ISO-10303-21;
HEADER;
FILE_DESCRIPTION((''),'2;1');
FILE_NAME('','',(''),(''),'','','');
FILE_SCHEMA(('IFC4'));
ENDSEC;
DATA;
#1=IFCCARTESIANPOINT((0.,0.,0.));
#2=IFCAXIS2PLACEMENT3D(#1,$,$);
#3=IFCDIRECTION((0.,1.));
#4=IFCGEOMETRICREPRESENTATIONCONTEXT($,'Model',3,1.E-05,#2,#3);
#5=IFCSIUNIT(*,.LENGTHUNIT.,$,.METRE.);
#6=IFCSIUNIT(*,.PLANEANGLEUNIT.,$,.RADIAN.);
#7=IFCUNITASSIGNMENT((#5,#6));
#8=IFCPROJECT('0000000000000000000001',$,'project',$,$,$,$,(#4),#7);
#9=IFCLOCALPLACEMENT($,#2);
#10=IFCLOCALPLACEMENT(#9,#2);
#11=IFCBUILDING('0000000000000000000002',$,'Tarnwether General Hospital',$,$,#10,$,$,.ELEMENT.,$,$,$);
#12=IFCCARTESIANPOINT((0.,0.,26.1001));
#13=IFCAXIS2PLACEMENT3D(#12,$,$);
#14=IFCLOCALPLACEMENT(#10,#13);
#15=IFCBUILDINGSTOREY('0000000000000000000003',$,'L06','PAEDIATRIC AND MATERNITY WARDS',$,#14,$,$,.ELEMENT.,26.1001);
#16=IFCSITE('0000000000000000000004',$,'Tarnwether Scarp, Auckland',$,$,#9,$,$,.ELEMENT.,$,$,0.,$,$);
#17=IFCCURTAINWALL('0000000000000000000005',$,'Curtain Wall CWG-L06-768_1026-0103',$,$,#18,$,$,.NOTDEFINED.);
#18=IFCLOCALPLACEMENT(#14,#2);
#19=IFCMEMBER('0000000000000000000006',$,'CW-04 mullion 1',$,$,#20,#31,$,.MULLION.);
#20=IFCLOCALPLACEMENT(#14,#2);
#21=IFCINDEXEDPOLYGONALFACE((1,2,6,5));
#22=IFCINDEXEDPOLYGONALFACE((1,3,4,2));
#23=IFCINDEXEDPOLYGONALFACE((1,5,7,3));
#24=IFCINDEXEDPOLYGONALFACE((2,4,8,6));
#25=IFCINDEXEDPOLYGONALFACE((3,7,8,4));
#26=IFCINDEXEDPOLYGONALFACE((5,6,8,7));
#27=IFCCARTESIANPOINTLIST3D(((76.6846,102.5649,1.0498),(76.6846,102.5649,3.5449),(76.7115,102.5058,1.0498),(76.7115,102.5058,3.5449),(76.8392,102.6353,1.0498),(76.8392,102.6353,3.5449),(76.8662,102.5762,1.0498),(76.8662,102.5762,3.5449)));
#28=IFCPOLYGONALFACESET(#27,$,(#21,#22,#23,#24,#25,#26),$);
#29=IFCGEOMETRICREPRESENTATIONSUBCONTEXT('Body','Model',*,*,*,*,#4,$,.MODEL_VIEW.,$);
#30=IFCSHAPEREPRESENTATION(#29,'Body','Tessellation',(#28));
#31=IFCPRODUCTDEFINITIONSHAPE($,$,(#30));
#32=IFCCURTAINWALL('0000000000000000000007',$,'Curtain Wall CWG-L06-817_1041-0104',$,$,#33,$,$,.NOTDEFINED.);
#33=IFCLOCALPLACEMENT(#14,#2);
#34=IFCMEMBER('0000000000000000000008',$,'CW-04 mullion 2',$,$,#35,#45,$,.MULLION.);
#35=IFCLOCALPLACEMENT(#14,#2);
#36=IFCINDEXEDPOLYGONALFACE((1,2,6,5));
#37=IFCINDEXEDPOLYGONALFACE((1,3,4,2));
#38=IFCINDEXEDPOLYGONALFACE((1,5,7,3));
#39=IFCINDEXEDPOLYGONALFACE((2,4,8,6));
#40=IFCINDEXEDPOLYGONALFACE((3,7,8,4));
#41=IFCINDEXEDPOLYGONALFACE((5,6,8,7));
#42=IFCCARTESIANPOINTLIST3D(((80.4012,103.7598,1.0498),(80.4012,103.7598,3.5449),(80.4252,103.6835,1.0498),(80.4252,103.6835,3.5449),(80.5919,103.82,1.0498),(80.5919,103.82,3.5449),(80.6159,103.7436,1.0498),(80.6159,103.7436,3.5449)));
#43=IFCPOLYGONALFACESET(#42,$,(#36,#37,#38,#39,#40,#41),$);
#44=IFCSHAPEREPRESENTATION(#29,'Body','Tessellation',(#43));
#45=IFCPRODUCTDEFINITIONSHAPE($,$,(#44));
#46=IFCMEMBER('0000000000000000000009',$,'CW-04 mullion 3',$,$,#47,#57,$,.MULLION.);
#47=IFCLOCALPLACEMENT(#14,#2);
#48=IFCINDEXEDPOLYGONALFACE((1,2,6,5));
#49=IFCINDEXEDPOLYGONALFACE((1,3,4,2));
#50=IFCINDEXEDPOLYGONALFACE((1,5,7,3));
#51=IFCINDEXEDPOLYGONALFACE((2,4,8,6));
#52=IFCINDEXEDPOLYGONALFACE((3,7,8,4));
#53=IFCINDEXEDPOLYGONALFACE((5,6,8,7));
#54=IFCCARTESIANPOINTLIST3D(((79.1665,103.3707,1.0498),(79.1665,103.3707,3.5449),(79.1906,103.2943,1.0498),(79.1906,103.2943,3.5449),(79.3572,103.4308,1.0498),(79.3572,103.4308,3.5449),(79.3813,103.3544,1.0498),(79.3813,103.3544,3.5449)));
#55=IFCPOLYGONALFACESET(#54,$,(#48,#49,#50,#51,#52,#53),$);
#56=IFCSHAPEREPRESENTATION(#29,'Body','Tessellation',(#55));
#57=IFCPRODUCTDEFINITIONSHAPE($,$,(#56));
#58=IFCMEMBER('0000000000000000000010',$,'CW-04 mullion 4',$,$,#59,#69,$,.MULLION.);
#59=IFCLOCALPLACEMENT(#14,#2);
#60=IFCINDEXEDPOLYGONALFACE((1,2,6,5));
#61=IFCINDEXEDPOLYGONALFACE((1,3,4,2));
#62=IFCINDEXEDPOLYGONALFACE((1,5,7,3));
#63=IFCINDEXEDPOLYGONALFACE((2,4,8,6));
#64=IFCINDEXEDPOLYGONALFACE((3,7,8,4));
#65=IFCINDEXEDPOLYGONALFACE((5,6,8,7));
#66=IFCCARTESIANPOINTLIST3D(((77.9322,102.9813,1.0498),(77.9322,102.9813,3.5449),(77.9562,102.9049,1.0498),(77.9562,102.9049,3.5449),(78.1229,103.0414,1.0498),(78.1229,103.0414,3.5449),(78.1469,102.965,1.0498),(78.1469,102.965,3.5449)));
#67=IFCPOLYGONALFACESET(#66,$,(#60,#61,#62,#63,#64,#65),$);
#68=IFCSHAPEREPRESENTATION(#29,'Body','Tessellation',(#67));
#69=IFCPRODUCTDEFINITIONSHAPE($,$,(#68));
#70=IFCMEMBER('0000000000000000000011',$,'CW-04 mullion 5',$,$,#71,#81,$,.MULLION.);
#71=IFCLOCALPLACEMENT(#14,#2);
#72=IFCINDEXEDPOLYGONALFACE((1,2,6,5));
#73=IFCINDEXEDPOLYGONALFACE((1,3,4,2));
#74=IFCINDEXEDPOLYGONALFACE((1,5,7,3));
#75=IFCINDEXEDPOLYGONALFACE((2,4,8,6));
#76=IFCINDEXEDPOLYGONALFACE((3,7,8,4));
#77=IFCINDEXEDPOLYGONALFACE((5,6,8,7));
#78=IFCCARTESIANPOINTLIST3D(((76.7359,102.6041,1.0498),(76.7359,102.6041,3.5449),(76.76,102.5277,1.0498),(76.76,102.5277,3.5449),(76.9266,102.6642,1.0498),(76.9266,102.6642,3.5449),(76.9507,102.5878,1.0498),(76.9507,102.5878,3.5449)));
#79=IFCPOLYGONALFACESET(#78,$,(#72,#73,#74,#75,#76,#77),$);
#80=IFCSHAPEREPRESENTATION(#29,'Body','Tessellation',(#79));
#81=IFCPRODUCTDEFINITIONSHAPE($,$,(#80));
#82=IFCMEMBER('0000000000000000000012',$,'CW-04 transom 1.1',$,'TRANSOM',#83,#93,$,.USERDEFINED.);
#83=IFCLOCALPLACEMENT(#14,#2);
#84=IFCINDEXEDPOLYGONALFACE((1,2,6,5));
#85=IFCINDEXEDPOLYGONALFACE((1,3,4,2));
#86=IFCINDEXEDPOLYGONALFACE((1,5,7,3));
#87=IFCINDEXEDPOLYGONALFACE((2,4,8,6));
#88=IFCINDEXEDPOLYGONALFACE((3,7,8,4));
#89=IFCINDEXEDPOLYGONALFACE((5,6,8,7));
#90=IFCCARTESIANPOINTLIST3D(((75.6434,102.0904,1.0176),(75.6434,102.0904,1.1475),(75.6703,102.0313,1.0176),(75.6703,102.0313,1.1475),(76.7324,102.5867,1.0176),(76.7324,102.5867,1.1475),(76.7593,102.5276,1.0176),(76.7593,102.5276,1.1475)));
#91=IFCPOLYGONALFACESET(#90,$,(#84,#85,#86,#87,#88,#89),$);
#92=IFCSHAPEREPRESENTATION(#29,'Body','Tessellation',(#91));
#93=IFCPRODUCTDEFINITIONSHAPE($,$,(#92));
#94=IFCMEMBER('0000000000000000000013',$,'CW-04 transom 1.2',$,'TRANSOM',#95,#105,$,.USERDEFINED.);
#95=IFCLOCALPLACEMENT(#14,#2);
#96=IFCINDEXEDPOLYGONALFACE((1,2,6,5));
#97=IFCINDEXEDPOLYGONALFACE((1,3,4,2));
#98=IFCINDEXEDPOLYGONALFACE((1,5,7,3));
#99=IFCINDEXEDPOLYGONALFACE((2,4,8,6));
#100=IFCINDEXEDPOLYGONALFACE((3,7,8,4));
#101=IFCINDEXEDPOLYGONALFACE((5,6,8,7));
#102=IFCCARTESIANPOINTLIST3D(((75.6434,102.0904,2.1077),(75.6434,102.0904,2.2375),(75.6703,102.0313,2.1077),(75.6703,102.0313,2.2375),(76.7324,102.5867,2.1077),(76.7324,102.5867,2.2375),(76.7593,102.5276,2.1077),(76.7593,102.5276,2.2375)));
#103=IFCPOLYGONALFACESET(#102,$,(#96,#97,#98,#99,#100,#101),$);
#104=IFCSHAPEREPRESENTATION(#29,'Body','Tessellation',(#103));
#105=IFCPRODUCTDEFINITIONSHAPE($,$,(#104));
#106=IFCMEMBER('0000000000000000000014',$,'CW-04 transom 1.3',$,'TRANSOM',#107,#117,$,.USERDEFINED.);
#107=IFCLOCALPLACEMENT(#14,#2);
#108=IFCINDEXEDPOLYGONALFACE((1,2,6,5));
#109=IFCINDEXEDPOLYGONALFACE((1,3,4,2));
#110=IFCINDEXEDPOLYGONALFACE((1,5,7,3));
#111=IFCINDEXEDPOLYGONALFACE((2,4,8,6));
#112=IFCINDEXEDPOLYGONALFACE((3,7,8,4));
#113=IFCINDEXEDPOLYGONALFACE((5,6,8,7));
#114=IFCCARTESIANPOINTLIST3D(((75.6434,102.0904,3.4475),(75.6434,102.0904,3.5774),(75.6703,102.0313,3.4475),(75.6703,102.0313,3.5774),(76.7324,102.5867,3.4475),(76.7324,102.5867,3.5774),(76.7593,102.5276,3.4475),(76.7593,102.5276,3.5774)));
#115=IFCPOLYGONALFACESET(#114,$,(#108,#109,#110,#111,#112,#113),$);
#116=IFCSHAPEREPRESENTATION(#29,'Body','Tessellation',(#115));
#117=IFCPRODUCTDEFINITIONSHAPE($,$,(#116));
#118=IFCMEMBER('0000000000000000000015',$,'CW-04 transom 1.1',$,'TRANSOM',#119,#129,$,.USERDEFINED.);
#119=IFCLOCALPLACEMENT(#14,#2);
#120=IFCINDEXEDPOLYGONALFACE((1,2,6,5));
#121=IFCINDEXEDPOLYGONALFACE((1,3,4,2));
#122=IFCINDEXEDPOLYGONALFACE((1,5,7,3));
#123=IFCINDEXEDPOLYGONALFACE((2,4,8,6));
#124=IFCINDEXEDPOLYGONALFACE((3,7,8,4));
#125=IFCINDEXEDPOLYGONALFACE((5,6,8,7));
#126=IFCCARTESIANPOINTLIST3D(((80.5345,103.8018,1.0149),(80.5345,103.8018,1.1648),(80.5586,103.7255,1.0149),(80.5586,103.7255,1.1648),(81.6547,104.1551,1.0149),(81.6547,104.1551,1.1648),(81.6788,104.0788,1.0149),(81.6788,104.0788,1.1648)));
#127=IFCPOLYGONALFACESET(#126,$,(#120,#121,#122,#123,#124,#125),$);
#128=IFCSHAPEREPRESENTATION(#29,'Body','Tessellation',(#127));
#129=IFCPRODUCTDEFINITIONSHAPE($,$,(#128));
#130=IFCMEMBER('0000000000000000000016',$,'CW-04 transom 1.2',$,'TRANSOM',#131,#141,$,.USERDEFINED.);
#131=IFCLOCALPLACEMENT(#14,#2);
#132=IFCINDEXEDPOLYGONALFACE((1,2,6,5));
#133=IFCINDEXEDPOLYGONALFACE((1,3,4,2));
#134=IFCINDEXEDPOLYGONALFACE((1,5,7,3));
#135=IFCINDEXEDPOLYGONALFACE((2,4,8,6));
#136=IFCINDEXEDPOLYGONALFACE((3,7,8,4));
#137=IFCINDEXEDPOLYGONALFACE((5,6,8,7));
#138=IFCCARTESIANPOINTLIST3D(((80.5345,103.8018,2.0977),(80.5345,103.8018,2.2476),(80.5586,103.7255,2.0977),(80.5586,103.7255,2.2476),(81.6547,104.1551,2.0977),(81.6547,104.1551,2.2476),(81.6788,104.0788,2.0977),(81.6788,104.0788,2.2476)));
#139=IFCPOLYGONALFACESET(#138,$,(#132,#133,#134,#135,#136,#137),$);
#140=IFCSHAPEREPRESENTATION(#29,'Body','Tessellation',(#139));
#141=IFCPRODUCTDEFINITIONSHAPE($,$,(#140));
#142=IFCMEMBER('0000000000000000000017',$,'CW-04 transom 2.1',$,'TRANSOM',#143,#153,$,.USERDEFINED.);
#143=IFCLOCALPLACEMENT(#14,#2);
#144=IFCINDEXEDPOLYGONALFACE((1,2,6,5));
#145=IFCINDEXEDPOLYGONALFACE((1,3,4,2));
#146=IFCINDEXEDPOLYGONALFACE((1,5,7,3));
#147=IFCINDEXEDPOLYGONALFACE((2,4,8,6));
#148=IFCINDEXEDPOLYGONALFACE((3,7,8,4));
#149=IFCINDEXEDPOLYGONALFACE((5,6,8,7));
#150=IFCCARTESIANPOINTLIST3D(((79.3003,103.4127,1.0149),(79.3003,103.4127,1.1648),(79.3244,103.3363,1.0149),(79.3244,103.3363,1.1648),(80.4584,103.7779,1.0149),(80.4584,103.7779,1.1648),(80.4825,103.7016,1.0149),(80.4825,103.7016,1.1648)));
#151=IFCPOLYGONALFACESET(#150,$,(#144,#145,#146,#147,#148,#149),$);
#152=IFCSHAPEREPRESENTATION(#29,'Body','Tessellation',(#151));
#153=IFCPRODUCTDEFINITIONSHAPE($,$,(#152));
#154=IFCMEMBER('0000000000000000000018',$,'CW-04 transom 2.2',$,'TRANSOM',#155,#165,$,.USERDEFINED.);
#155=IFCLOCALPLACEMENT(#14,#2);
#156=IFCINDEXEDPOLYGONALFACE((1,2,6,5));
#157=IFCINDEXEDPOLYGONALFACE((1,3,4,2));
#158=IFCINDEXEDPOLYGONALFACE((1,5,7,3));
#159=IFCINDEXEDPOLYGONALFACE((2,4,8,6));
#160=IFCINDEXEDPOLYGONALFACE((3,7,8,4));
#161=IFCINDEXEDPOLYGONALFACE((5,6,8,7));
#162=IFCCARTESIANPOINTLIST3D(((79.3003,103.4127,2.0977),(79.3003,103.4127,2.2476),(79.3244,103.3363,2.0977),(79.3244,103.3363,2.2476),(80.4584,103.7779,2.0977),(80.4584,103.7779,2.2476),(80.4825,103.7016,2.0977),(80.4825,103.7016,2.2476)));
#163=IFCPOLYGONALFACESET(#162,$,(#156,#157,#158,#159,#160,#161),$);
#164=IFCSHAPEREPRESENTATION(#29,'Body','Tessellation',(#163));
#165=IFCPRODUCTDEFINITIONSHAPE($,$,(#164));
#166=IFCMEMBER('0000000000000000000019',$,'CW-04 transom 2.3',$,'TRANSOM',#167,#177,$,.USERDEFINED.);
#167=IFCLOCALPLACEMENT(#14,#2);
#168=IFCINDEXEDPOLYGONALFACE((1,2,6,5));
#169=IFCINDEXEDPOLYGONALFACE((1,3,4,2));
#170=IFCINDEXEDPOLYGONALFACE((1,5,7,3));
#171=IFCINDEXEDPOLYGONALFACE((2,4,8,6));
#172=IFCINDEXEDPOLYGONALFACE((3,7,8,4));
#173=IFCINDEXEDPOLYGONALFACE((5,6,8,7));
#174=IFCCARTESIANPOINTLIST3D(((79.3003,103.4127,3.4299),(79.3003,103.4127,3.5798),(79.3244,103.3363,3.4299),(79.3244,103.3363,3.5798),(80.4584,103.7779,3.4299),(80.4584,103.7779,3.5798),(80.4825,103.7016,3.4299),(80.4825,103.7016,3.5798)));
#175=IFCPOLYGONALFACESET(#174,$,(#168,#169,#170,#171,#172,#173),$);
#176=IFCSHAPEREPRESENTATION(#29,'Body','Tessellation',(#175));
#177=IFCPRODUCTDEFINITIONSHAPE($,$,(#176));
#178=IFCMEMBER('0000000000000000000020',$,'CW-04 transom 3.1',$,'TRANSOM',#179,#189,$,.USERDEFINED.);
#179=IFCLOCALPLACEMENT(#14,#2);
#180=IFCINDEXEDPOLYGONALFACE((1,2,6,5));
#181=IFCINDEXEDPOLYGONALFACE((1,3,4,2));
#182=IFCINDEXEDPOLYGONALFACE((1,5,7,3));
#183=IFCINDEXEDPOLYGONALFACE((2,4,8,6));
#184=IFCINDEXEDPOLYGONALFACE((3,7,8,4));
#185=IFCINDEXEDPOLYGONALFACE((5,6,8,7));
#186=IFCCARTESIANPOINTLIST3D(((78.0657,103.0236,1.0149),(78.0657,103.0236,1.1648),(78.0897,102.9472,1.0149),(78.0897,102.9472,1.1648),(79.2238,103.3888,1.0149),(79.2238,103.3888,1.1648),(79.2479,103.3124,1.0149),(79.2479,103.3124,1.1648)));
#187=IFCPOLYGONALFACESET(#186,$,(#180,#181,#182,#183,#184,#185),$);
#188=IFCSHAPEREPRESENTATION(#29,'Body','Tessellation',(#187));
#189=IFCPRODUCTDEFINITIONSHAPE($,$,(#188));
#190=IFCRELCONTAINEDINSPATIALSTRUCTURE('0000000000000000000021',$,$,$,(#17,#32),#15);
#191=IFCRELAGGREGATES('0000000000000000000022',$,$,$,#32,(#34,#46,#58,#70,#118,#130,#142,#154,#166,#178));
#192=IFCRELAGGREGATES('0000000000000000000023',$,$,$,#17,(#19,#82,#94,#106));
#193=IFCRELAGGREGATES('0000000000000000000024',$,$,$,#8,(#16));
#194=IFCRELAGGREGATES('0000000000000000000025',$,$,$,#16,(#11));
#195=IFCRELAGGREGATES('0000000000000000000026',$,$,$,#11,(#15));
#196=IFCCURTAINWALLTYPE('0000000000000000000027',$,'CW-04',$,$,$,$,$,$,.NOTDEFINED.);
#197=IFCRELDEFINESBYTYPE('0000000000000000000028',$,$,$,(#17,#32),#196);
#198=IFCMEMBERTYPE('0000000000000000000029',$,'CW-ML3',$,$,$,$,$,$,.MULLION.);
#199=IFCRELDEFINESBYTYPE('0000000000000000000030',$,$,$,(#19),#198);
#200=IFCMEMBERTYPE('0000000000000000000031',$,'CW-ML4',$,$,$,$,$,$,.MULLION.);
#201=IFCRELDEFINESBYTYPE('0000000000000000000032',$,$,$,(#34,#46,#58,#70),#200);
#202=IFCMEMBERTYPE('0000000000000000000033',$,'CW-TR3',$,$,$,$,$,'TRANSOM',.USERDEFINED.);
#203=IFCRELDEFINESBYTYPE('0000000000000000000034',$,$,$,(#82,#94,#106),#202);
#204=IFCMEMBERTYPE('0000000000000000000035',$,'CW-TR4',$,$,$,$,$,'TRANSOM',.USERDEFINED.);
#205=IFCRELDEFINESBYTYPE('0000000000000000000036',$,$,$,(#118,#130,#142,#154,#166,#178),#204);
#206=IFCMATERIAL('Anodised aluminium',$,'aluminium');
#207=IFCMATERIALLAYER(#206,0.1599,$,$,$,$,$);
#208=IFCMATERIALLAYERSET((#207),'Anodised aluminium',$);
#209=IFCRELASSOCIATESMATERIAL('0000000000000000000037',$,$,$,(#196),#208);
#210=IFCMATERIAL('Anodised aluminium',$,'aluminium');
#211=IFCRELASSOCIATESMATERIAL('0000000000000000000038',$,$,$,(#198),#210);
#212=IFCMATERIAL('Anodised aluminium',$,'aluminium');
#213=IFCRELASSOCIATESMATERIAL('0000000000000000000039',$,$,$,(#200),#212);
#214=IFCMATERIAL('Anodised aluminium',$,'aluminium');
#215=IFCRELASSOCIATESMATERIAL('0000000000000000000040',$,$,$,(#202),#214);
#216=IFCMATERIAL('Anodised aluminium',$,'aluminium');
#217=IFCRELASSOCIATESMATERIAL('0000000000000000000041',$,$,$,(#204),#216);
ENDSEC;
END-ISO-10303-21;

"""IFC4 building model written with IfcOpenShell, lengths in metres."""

from ifc_helpers import new_model, si_unit, direction, frame, origin, origin_2d, place, context, subcontext, project, spatial, rectangle, extrude, material, layer, layer_set, material_profile, profile_set, type_object, element, aggregate, save


model = new_model("IFC4")

# Units and contexts
model_context = context("Model", 3, precision=1e-05, world=origin(), true_north=direction((0.0, 1.0)))
body_context = subcontext(model_context, "Body", "Model", "MODEL_VIEW")
ifc_project = project(units=[si_unit("LENGTHUNIT", "METRE"), si_unit("PLANEANGLEUNIT", "RADIAN")], contexts=[model_context])

# Site, building, storey
site_placement = place(None, origin())
site = spatial("IfcSite", under=ifc_project, at=site_placement, Name="Tarnwether Scarp, Auckland", CompositionType="ELEMENT", RefElevation=0.0)
building_placement = place(site_placement, origin())
building = spatial("IfcBuilding", under=site, at=building_placement, Name="Tarnwether General Hospital", CompositionType="ELEMENT")
storey_placement = place(building_placement, frame((0.0, 0.0, 26.1001)))
storey = spatial("IfcBuildingStorey", under=building, at=storey_placement, Name="L06", Description="PAEDIATRIC AND MATERNITY WARDS", CompositionType="ELEMENT", Elevation=26.1001)

# Curtain wall, member
ifc_material_1 = material(Name="Anodised aluminium", Category="aluminium")
ifc_layer_1 = layer(ifc_material_1, 0.1599)
ifc_layer_set_1 = layer_set([ifc_layer_1], Name="Anodised aluminium")
curtain_wall_type = type_object("IfcCurtainWallType", Name="CW-04", PredefinedType="NOTDEFINED", material=ifc_layer_set_1)
curtain_wall_1_placement = place(storey_placement, origin())
curtain_wall_1 = element("IfcCurtainWall", 1, at=curtain_wall_1_placement, inside=storey, type_object=curtain_wall_type, Name="Curtain Wall CWG-L06-768_1026-0103", PredefinedType="NOTDEFINED")
ifc_material_2 = material(Name="Anodised aluminium", Category="aluminium")
ifc_material_profile_1 = material_profile(ifc_material_2, rectangle(XDim=0.0649, YDim=0.1699, at=origin_2d()), Name="ALU-MUL-65x170")
ifc_profile_set_1 = profile_set([ifc_material_profile_1], Name="Anodised aluminium")
member_type_1 = type_object("IfcMemberType", Name="CW-ML3", PredefinedType="MULLION", material=ifc_profile_set_1)
member_1_placement = place(storey_placement, frame((76.7754, 102.5706, 1.0498), z_axis=(0.0, 0.0, 1.0), x_axis=(0.414705, -0.909956, 0.0)))
member_1 = element("IfcMember", 2, at=member_1_placement, type_object=member_type_1, Name="CW-04 mullion 1", PredefinedType="MULLION", context=body_context, shape_type="SweptSolid", body=[
    extrude(rectangle(XDim=0.0649, YDim=0.1699, at=origin_2d()), origin(), (0.0, 0.0, 1.0), 2.4951),
])

# Curtain wall, members
curtain_wall_2_placement = place(storey_placement, origin())
curtain_wall_2 = element("IfcCurtainWall", 3, at=curtain_wall_2_placement, inside=storey, type_object=curtain_wall_type, Name="Curtain Wall CWG-L06-817_1041-0104", PredefinedType="NOTDEFINED")
ifc_material_3 = material(Name="Anodised aluminium", Category="aluminium")
ifc_material_profile_2 = material_profile(ifc_material_3, rectangle(XDim=0.0801, YDim=0.2, at=origin_2d()), Name="ALU-MUL-80x200")
ifc_profile_set_2 = profile_set([ifc_material_profile_2], Name="Anodised aluminium")
member_type_2 = type_object("IfcMemberType", Name="CW-ML4", PredefinedType="MULLION", material=ifc_profile_set_2)
member_2_placement = place(storey_placement, frame((80.5085, 103.7517, 1.0498), z_axis=(0.0, 0.0, 1.0), x_axis=(0.300715, -0.953714, 0.0)))
member_2 = element("IfcMember", 4, at=member_2_placement, type_object=member_type_2, Name="CW-04 mullion 2", PredefinedType="MULLION", context=body_context, shape_type="SweptSolid", body=[
    extrude(rectangle(XDim=0.0801, YDim=0.2, at=origin_2d()), origin(), (0.0, 0.0, 1.0), 2.4951),
])
member_3_placement = place(storey_placement, frame((79.2739, 103.3625, 1.0498), z_axis=(0.0, 0.0, 1.0), x_axis=(0.300715, -0.953714, 0.0)))
member_3 = element("IfcMember", 5, at=member_3_placement, type_object=member_type_2, Name="CW-04 mullion 3", PredefinedType="MULLION", context=body_context, shape_type="SweptSolid", body=[
    extrude(rectangle(XDim=0.0801, YDim=0.2, at=origin_2d()), origin(), (0.0, 0.0, 1.0), 2.4951),
])
member_4_placement = place(storey_placement, frame((78.0396, 102.9731, 1.0498), z_axis=(0.0, 0.0, 1.0), x_axis=(0.300715, -0.953714, 0.0)))
member_4 = element("IfcMember", 6, at=member_4_placement, type_object=member_type_2, Name="CW-04 mullion 4", PredefinedType="MULLION", context=body_context, shape_type="SweptSolid", body=[
    extrude(rectangle(XDim=0.0801, YDim=0.2, at=origin_2d()), origin(), (0.0, 0.0, 1.0), 2.4951),
])
member_5_placement = place(storey_placement, frame((76.8433, 102.5959, 1.0498), z_axis=(0.0, 0.0, 1.0), x_axis=(0.300715, -0.953714, 0.0)))
member_5 = element("IfcMember", 7, at=member_5_placement, type_object=member_type_2, Name="CW-04 mullion 5", PredefinedType="MULLION", context=body_context, shape_type="SweptSolid", body=[
    extrude(rectangle(XDim=0.0801, YDim=0.2, at=origin_2d()), origin(), (0.0, 0.0, 1.0), 2.4951),
])

# Members
ifc_material_4 = material(Name="Anodised aluminium", Category="aluminium")
ifc_material_profile_3 = material_profile(ifc_material_4, rectangle(XDim=0.0649, YDim=0.1299, at=origin_2d()), Name="ALU-TRN-65x130")
ifc_profile_set_3 = profile_set([ifc_material_profile_3], Name="Anodised aluminium")
member_type_3 = type_object("IfcMemberType", Name="CW-TR3", ElementType="TRANSOM", PredefinedType="USERDEFINED", material=ifc_profile_set_3)
member_6_placement = place(storey_placement, frame((76.7458, 102.5571, 1.0825), z_axis=(-0.909961, -0.414694, 0.0), x_axis=(0.414694, -0.909961, 0.0)))
member_6 = element("IfcMember", 8, at=member_6_placement, type_object=member_type_3, Name="CW-04 transom 1.1", ObjectType="TRANSOM", PredefinedType="USERDEFINED", context=body_context, shape_type="SweptSolid", body=[
    extrude(rectangle(XDim=0.0649, YDim=0.1299, at=origin_2d()), origin(), (0.0, 0.0, 1.0), 1.1968),
])
member_7_placement = place(storey_placement, frame((76.7458, 102.5571, 2.1726), z_axis=(-0.909961, -0.414694, 0.0), x_axis=(0.414694, -0.909961, 0.0)))
member_7 = element("IfcMember", 9, at=member_7_placement, type_object=member_type_3, Name="CW-04 transom 1.2", ObjectType="TRANSOM", PredefinedType="USERDEFINED", context=body_context, shape_type="SweptSolid", body=[
    extrude(rectangle(XDim=0.0649, YDim=0.1299, at=origin_2d()), origin(), (0.0, 0.0, 1.0), 1.1968),
])
member_8_placement = place(storey_placement, frame((76.7458, 102.5571, 3.5125), z_axis=(-0.909961, -0.414694, 0.0), x_axis=(0.414694, -0.909961, 0.0)))
member_8 = element("IfcMember", 10, at=member_8_placement, type_object=member_type_3, Name="CW-04 transom 1.3", ObjectType="TRANSOM", PredefinedType="USERDEFINED", context=body_context, shape_type="SweptSolid", body=[
    extrude(rectangle(XDim=0.0649, YDim=0.1299, at=origin_2d()), origin(), (0.0, 0.0, 1.0), 1.1968),
])
ifc_material_5 = material(Name="Anodised aluminium", Category="aluminium")
ifc_material_profile_4 = material_profile(ifc_material_5, rectangle(XDim=0.0801, YDim=0.1499, at=origin_2d()), Name="ALU-TRN-80x150")
ifc_profile_set_4 = profile_set([ifc_material_profile_4], Name="Anodised aluminium")
member_type_4 = type_object("IfcMemberType", Name="CW-TR4", ElementType="TRANSOM", PredefinedType="USERDEFINED", material=ifc_profile_set_4)
member_9_placement = place(storey_placement, frame((81.6667, 104.1169, 1.0898), z_axis=(-0.953693, -0.300783, 0.0), x_axis=(0.300783, -0.953693, 0.0)))
member_9 = element("IfcMember", 11, at=member_9_placement, type_object=member_type_4, Name="CW-04 transom 1.1", ObjectType="TRANSOM", PredefinedType="USERDEFINED", context=body_context, shape_type="SweptSolid", body=[
    extrude(rectangle(XDim=0.0801, YDim=0.1499, at=origin_2d()), origin(), (0.0, 0.0, 1.0), 1.1746),
])
member_10_placement = place(storey_placement, frame((81.6667, 104.1169, 2.1726), z_axis=(-0.953693, -0.300783, 0.0), x_axis=(0.300783, -0.953693, 0.0)))
member_10 = element("IfcMember", 12, at=member_10_placement, type_object=member_type_4, Name="CW-04 transom 1.2", ObjectType="TRANSOM", PredefinedType="USERDEFINED", context=body_context, shape_type="SweptSolid", body=[
    extrude(rectangle(XDim=0.0801, YDim=0.1499, at=origin_2d()), origin(), (0.0, 0.0, 1.0), 1.1746),
])
member_11_placement = place(storey_placement, frame((80.4705, 103.7397, 1.0898), z_axis=(-0.953704, -0.300746, 0.0), x_axis=(0.300746, -0.953704, 0.0)))
member_11 = element("IfcMember", 13, at=member_11_placement, type_object=member_type_4, Name="CW-04 transom 2.1", ObjectType="TRANSOM", PredefinedType="USERDEFINED", context=body_context, shape_type="SweptSolid", body=[
    extrude(rectangle(XDim=0.0801, YDim=0.1499, at=origin_2d()), origin(), (0.0, 0.0, 1.0), 1.2144),
])
member_12_placement = place(storey_placement, frame((80.4705, 103.7397, 2.1726), z_axis=(-0.953704, -0.300746, 0.0), x_axis=(0.300746, -0.953704, 0.0)))
member_12 = element("IfcMember", 14, at=member_12_placement, type_object=member_type_4, Name="CW-04 transom 2.2", ObjectType="TRANSOM", PredefinedType="USERDEFINED", context=body_context, shape_type="SweptSolid", body=[
    extrude(rectangle(XDim=0.0801, YDim=0.1499, at=origin_2d()), origin(), (0.0, 0.0, 1.0), 1.2144),
])
member_13_placement = place(storey_placement, frame((80.4705, 103.7397, 3.5049), z_axis=(-0.953704, -0.300746, 0.0), x_axis=(0.300746, -0.953704, 0.0)))
member_13 = element("IfcMember", 15, at=member_13_placement, type_object=member_type_4, Name="CW-04 transom 2.3", ObjectType="TRANSOM", PredefinedType="USERDEFINED", context=body_context, shape_type="SweptSolid", body=[
    extrude(rectangle(XDim=0.0801, YDim=0.1499, at=origin_2d()), origin(), (0.0, 0.0, 1.0), 1.2144),
])
member_14_placement = place(storey_placement, frame((79.2358, 103.3506, 1.0898), z_axis=(-0.953704, -0.300746, 0.0), x_axis=(0.300746, -0.953704, 0.0)))
member_14 = element("IfcMember", 16, at=member_14_placement, type_object=member_type_4, Name="CW-04 transom 3.1", ObjectType="TRANSOM", PredefinedType="USERDEFINED", context=body_context, shape_type="SweptSolid", body=[
    extrude(rectangle(XDim=0.0801, YDim=0.1499, at=origin_2d()), origin(), (0.0, 0.0, 1.0), 1.2144),
])

aggregate(curtain_wall_2, [member_2, member_3, member_4, member_5, member_9, member_10, member_11, member_12, member_13, member_14])
aggregate(curtain_wall_1, [member_1, member_6, member_7, member_8])

save(model, "model.ifc")
